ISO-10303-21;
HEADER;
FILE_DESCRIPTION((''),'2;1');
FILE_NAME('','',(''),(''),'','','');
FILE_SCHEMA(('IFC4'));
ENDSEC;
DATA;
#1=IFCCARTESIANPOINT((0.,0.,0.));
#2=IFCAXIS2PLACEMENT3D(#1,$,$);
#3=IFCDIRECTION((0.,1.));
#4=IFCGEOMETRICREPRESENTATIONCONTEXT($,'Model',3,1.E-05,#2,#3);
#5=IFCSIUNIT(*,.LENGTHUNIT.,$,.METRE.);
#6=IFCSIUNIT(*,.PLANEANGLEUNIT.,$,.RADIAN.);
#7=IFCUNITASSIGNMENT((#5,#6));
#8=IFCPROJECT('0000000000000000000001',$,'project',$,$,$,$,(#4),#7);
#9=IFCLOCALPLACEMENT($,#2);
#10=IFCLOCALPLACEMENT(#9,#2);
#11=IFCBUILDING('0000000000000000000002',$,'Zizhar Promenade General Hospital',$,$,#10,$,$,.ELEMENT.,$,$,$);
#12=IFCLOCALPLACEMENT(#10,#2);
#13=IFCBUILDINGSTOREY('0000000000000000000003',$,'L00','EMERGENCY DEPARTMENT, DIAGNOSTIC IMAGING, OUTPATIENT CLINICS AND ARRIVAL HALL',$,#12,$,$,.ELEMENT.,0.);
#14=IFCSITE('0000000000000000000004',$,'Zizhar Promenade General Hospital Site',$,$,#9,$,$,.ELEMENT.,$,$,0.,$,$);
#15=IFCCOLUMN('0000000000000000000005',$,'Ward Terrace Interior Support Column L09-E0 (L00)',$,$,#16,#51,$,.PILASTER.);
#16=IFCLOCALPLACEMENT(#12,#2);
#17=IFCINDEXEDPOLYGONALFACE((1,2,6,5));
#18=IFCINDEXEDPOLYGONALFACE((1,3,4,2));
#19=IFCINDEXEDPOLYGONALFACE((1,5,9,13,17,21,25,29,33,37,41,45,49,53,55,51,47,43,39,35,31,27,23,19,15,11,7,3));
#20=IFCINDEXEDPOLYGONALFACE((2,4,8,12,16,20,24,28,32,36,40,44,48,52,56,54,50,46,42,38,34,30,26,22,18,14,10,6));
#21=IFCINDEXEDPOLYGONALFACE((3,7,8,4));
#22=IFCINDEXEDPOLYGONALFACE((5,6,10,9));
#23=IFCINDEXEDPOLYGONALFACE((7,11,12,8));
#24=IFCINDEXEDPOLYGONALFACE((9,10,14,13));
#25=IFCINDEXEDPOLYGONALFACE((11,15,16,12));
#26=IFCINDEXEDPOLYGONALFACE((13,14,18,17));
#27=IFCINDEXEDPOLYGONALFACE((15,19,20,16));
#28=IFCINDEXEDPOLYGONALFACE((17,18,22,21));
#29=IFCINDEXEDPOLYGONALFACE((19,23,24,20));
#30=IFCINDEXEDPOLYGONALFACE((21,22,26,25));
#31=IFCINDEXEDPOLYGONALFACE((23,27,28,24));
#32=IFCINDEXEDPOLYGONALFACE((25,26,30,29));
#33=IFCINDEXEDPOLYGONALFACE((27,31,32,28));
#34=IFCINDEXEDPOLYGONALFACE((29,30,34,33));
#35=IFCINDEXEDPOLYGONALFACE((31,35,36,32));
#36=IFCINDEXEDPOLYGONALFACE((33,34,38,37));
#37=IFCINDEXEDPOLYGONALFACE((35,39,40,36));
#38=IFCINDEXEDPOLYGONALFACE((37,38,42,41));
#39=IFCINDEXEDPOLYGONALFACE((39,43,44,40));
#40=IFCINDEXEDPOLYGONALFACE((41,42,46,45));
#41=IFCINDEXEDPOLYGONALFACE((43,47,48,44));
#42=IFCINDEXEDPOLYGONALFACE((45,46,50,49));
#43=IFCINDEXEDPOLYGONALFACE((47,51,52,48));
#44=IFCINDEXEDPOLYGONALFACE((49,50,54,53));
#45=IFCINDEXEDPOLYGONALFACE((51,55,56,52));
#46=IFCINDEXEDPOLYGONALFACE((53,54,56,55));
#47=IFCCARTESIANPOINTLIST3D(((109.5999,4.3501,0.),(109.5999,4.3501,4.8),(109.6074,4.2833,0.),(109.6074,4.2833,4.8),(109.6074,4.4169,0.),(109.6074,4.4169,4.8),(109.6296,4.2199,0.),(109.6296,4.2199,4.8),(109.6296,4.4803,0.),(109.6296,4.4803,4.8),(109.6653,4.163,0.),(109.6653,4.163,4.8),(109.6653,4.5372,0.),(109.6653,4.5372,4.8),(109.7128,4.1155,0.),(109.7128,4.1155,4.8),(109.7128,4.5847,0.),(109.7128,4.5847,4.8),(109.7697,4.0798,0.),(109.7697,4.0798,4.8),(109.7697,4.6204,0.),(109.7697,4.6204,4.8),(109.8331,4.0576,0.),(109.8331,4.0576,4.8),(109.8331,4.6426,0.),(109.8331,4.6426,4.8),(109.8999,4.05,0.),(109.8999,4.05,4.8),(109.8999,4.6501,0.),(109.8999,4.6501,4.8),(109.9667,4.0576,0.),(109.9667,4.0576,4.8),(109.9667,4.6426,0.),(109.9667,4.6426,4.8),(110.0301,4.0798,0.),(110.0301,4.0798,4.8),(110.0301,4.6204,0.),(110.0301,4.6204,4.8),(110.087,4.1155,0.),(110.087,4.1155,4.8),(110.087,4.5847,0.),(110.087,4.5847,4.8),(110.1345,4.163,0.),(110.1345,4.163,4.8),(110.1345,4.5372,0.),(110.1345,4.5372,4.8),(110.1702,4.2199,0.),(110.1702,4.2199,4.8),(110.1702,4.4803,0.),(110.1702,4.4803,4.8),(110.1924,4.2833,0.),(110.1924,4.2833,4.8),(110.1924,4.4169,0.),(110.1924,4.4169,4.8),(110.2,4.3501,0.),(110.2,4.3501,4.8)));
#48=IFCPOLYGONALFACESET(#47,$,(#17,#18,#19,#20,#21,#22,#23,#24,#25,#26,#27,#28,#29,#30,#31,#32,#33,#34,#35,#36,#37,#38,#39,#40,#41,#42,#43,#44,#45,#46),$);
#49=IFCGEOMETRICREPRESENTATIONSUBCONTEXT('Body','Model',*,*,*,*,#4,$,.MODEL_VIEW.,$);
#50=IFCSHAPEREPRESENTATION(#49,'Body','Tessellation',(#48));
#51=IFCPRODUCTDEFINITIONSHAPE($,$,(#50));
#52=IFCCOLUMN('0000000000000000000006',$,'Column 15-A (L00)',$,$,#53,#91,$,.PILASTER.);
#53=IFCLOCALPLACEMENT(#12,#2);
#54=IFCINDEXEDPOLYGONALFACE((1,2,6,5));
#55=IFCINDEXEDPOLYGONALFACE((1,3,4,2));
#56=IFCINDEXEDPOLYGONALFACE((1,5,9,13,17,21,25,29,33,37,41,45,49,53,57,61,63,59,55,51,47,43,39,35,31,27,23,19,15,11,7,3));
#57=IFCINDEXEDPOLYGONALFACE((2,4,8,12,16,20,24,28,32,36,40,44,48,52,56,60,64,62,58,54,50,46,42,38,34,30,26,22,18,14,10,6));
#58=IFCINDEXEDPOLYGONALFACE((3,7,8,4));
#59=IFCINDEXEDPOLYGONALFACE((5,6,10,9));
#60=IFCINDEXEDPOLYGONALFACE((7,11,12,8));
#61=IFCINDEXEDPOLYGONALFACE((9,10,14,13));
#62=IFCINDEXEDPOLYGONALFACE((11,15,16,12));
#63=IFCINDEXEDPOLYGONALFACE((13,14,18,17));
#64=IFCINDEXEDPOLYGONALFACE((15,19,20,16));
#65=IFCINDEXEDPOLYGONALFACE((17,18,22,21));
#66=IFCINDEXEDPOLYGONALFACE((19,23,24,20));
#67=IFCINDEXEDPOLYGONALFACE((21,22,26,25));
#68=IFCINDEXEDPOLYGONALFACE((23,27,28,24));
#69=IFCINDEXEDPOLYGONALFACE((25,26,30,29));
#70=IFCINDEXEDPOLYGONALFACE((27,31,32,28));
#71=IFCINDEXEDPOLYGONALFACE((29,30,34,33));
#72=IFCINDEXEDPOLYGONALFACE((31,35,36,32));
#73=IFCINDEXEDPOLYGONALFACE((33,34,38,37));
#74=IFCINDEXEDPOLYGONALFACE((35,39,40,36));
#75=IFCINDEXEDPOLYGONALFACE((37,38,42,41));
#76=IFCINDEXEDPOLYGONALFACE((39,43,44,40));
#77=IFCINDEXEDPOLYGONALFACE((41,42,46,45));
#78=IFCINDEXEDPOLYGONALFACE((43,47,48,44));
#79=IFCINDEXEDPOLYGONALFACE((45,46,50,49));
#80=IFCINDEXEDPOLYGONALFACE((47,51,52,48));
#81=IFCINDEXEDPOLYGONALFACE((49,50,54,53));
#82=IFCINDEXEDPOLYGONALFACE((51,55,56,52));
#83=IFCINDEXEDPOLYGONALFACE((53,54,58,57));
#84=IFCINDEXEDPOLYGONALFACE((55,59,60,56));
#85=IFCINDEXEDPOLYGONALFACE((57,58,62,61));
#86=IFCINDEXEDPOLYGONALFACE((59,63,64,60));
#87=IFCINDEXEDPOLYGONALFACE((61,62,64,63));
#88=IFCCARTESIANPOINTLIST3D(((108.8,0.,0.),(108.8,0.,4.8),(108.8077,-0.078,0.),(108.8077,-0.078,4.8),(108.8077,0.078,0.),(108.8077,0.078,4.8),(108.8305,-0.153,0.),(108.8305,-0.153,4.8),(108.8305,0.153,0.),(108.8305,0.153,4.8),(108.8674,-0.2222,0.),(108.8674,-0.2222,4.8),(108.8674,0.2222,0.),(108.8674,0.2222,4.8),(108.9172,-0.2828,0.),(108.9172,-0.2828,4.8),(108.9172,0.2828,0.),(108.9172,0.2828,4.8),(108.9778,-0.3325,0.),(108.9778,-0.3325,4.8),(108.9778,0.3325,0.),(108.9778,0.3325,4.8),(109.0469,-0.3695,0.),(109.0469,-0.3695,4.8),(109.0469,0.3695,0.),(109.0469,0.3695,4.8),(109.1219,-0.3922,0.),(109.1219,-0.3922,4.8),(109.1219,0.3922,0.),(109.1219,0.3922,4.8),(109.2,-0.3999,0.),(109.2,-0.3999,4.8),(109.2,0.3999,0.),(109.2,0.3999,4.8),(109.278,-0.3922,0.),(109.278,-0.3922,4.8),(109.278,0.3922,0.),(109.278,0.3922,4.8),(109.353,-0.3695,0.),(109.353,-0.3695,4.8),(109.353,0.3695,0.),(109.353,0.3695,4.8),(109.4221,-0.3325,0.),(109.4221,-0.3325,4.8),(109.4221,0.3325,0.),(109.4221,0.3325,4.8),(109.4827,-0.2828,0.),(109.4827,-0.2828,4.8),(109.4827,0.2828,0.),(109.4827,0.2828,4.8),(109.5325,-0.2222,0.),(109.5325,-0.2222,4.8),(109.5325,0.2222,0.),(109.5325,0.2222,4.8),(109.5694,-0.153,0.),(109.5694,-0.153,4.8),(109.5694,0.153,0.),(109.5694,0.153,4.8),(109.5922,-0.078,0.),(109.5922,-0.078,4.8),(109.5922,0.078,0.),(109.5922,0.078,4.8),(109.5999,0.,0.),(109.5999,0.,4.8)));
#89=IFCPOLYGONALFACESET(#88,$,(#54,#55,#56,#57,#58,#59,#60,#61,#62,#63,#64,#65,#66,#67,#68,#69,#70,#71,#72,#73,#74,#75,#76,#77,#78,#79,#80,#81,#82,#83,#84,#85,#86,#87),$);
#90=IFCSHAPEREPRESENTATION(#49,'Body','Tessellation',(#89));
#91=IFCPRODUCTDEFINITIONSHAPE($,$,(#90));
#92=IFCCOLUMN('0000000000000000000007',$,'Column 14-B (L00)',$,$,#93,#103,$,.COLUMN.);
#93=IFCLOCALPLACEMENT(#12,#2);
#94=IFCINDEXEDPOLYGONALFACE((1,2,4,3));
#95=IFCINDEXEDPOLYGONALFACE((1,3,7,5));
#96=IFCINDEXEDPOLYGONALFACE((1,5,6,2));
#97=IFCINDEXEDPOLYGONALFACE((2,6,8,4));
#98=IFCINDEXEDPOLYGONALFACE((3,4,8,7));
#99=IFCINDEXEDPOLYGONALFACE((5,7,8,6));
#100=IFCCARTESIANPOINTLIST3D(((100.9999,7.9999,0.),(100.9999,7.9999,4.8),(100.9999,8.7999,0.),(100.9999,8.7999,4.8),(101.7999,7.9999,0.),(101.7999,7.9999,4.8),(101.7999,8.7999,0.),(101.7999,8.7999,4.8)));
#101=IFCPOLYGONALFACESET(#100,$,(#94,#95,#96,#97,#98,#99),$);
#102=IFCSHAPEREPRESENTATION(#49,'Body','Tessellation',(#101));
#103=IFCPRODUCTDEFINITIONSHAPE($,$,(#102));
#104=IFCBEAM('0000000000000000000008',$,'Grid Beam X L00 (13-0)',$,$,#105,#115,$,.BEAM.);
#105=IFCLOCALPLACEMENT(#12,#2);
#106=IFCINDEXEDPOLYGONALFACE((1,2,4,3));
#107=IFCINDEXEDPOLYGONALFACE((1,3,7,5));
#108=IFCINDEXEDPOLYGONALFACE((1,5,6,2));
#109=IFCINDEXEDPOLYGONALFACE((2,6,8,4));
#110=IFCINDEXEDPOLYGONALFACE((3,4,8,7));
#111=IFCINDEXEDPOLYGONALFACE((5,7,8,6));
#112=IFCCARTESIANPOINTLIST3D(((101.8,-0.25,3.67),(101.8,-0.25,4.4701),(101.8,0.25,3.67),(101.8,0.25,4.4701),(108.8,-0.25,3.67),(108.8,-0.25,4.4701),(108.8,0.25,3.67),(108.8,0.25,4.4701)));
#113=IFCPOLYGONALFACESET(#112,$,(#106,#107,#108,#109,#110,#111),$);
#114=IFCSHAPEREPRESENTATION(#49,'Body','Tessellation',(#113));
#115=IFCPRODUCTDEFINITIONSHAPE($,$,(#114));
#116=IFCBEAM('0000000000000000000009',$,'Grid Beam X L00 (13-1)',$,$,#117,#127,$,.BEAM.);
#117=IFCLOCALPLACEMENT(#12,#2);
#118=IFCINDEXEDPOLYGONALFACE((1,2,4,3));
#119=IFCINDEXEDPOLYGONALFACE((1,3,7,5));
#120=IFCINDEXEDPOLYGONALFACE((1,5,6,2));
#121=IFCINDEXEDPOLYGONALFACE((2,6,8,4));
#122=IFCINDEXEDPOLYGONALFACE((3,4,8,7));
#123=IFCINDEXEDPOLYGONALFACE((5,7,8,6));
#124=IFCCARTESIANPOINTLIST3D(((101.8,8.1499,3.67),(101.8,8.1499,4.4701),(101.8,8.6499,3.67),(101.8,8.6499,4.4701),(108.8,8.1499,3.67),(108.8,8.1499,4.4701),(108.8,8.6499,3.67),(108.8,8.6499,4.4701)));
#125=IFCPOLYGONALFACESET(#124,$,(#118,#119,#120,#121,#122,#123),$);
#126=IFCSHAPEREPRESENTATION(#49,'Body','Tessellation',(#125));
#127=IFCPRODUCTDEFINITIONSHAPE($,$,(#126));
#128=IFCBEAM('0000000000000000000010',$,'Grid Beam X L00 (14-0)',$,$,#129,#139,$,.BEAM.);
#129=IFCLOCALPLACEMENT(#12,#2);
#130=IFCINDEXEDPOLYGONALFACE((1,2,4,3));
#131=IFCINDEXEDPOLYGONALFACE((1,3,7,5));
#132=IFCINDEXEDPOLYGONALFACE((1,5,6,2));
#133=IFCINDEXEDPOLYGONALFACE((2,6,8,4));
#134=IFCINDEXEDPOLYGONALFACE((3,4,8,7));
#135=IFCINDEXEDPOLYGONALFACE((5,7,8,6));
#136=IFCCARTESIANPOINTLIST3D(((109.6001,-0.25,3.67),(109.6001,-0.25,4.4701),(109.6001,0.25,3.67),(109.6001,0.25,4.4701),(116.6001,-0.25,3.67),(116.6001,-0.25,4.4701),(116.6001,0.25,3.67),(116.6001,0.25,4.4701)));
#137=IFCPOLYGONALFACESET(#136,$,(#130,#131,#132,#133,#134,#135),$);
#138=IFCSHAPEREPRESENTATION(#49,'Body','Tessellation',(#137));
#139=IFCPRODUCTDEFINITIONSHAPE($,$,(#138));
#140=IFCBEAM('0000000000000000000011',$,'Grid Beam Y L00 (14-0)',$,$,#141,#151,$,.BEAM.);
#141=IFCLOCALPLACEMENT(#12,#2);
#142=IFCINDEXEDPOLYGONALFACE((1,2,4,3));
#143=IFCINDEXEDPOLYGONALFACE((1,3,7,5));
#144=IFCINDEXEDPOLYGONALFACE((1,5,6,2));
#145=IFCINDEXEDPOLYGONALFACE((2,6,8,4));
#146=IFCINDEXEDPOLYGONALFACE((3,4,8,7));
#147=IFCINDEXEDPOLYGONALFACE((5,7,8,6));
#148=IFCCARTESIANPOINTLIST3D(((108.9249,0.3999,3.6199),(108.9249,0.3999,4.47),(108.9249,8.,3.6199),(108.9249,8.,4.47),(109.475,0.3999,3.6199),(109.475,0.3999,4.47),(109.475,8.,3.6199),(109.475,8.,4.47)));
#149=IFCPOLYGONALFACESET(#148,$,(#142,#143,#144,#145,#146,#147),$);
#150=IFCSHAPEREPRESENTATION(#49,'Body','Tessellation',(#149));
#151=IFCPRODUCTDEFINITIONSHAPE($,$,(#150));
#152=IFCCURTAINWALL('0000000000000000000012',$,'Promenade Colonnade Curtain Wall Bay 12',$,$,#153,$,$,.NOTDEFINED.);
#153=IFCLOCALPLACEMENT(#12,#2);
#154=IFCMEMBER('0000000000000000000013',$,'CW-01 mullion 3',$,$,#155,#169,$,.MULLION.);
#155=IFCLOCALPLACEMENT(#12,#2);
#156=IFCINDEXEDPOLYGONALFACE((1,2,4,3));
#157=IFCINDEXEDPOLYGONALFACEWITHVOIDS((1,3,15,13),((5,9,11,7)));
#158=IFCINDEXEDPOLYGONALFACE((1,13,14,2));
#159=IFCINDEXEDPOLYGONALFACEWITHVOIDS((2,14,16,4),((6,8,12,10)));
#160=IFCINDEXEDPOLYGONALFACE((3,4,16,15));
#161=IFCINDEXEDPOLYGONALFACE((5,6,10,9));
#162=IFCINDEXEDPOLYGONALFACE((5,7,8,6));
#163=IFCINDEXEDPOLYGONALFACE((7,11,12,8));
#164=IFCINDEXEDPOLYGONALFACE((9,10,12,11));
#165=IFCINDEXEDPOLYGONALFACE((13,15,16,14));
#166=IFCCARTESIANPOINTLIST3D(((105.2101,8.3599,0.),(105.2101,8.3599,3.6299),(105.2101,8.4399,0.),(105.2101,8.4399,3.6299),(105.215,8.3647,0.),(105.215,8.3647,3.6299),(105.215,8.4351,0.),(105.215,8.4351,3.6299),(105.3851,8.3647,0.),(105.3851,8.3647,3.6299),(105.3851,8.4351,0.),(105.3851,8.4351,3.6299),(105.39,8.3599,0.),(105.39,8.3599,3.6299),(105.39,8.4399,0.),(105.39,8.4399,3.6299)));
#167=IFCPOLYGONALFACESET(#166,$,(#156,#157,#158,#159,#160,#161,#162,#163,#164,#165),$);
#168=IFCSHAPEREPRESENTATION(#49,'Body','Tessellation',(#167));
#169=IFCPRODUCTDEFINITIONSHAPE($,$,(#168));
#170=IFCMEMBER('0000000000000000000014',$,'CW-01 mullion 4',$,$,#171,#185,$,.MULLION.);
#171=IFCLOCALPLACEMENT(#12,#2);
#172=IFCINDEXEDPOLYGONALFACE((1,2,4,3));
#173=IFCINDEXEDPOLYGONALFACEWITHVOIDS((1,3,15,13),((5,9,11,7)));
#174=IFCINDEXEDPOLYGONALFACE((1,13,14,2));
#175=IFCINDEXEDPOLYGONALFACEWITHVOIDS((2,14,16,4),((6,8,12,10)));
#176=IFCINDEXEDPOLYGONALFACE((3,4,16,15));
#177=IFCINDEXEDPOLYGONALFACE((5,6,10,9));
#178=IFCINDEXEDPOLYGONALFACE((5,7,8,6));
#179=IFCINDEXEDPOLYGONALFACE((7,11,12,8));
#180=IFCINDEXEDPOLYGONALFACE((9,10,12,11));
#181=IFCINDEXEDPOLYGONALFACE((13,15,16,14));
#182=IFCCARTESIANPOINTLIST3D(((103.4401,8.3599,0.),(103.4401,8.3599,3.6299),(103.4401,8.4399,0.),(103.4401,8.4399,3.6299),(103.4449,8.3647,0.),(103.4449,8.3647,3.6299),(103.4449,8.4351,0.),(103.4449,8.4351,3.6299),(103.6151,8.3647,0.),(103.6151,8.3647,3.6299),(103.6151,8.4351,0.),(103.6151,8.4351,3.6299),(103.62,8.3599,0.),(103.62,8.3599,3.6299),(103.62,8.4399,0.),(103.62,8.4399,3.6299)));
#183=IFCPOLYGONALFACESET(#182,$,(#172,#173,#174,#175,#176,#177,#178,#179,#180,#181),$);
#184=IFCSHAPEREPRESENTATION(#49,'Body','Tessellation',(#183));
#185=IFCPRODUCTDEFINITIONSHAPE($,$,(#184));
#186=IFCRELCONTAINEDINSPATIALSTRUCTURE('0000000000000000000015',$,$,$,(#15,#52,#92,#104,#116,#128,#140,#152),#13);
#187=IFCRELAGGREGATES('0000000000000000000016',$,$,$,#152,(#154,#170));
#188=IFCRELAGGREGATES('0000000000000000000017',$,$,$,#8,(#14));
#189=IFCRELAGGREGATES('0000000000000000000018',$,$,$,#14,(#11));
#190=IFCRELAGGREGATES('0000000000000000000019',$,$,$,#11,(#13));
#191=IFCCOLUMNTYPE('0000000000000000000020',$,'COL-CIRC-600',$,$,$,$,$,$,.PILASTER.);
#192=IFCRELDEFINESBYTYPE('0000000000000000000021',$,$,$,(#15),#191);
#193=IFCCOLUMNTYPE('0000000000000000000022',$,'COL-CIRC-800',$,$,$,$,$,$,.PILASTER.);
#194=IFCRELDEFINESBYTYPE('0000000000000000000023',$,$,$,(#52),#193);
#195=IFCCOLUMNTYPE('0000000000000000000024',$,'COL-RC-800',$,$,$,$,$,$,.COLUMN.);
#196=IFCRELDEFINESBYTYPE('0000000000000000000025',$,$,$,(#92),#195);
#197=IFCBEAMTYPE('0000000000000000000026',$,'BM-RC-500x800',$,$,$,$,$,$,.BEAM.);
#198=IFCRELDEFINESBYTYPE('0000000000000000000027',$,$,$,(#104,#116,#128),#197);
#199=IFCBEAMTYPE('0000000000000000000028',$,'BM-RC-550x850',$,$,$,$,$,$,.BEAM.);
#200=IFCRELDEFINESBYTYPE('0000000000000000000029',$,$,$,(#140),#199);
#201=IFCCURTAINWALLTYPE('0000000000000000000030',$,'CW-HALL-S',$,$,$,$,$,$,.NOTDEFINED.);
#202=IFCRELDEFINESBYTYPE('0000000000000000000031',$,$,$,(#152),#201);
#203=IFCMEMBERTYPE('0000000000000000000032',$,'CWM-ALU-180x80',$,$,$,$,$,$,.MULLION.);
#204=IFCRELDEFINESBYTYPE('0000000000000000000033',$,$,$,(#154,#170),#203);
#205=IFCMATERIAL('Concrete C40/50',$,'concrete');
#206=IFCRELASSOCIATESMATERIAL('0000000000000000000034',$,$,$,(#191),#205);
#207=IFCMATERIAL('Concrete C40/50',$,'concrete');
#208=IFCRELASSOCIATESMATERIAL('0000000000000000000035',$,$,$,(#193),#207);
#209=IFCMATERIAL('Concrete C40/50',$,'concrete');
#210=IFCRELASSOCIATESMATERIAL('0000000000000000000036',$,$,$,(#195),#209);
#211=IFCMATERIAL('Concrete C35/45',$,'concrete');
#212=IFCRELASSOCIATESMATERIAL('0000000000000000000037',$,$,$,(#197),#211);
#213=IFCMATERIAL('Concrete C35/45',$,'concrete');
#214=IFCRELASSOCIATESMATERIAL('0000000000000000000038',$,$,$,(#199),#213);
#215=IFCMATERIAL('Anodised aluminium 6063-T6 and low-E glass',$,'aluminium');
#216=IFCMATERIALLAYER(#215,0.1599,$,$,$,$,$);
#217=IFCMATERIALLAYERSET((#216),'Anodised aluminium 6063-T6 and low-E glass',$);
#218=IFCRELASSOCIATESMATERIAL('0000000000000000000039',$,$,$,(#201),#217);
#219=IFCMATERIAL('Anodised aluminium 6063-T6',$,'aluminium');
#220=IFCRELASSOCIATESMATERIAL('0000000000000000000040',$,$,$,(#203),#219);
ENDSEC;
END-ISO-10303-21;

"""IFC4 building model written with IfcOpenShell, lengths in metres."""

from ifc_helpers import new_model, si_unit, direction, frame, origin, origin_2d, place, context, subcontext, project, spatial, rectangle, hollow_rectangle, circle, extrude, material, layer, layer_set, material_profile, profile_set, type_object, element, aggregate, save


model = new_model("IFC4")

# Units and contexts
model_context = context("Model", 3, precision=1e-05, world=origin(), true_north=direction((0.0, 1.0)))
body_context = subcontext(model_context, "Body", "Model", "MODEL_VIEW")
ifc_project = project(units=[si_unit("LENGTHUNIT", "METRE"), si_unit("PLANEANGLEUNIT", "RADIAN")], contexts=[model_context])

# Site, building, storey
site_placement = place(None, origin())
site = spatial("IfcSite", under=ifc_project, at=site_placement, Name="Zizhar Promenade General Hospital Site", CompositionType="ELEMENT", RefElevation=0.0)
building_placement = place(site_placement, origin())
building = spatial("IfcBuilding", under=site, at=building_placement, Name="Zizhar Promenade General Hospital", CompositionType="ELEMENT")
storey_placement = place(building_placement, origin())
storey = spatial("IfcBuildingStorey", under=building, at=storey_placement, Name="L00", Description="EMERGENCY DEPARTMENT, DIAGNOSTIC IMAGING, OUTPATIENT CLINICS AND ARRIVAL HALL", CompositionType="ELEMENT", Elevation=0.0)

# Columns
ifc_material_1 = material(Name="Concrete C40/50", Category="concrete")
ifc_material_profile_1 = material_profile(ifc_material_1, circle(Radius=0.3, at=origin_2d()))
ifc_profile_set_1 = profile_set([ifc_material_profile_1], Name="Concrete C40/50")
column_type_1 = type_object("IfcColumnType", Name="COL-CIRC-600", PredefinedType="PILASTER", material=ifc_profile_set_1)
column_1_placement = place(storey_placement, frame((109.8999, 4.3501, 0.0), z_axis=(0.0, 0.0, 1.0), x_axis=(1.0, 0.0, 0.0)))
element("IfcColumn", 1, at=column_1_placement, inside=storey, type_object=column_type_1, Name="Ward Terrace Interior Support Column L09-E0 (L00)", PredefinedType="PILASTER", context=body_context, shape_type="SweptSolid", body=[
    extrude(circle(Radius=0.3, at=origin_2d()), origin(), (0.0, 0.0, 1.0), 4.8),
])
ifc_material_2 = material(Name="Concrete C40/50", Category="concrete")
ifc_material_profile_2 = material_profile(ifc_material_2, circle(Radius=0.3999, at=origin_2d()))
ifc_profile_set_2 = profile_set([ifc_material_profile_2], Name="Concrete C40/50")
column_type_2 = type_object("IfcColumnType", Name="COL-CIRC-800", PredefinedType="PILASTER", material=ifc_profile_set_2)
column_2_placement = place(storey_placement, frame((109.2, 0.0, 0.0), z_axis=(0.0, 0.0, 1.0), x_axis=(1.0, 0.0, 0.0)))
element("IfcColumn", 2, at=column_2_placement, inside=storey, type_object=column_type_2, Name="Column 15-A (L00)", PredefinedType="PILASTER", context=body_context, shape_type="SweptSolid", body=[
    extrude(circle(Radius=0.3999, at=origin_2d()), origin(), (0.0, 0.0, 1.0), 4.8),
])
ifc_material_3 = material(Name="Concrete C40/50", Category="concrete")
ifc_material_profile_3 = material_profile(ifc_material_3, rectangle(XDim=0.8, YDim=0.8, at=origin_2d()))
ifc_profile_set_3 = profile_set([ifc_material_profile_3], Name="Concrete C40/50")
column_type_3 = type_object("IfcColumnType", Name="COL-RC-800", PredefinedType="COLUMN", material=ifc_profile_set_3)
column_3_placement = place(storey_placement, frame((101.3999, 8.3999, 0.0), z_axis=(0.0, 0.0, 1.0), x_axis=(1.0, 0.0, 0.0)))
element("IfcColumn", 3, at=column_3_placement, inside=storey, type_object=column_type_3, Name="Column 14-B (L00)", PredefinedType="COLUMN", context=body_context, shape_type="SweptSolid", body=[
    extrude(rectangle(XDim=0.8, YDim=0.8, at=origin_2d()), origin(), (0.0, 0.0, 1.0), 4.8),
])

# Beams
ifc_material_4 = material(Name="Concrete C35/45", Category="concrete")
ifc_material_profile_4 = material_profile(ifc_material_4, rectangle(XDim=0.5, YDim=0.8, at=origin_2d()))
ifc_profile_set_4 = profile_set([ifc_material_profile_4], Name="Concrete C35/45")
beam_type_1 = type_object("IfcBeamType", Name="BM-RC-500x800", PredefinedType="BEAM", material=ifc_profile_set_4)
for number, where, z_axis, x_axis, name in (
    (4, (101.8, 0.0, 4.0701), (1.0, 0.0, 0.0), (0.0, 1.0, 0.0), "Grid Beam X L00 (13-0)"),
    (5, (101.8, 8.3999, 4.0701), (1.0, 0.0, 0.0), (0.0, 1.0, 0.0), "Grid Beam X L00 (13-1)"),
    (6, (109.6001, 0.0, 4.0701), (1.0, 0.0, 0.0), (0.0, 1.0, 0.0), "Grid Beam X L00 (14-0)"),
):
    element("IfcBeam", number, at=place(storey_placement, frame(where, z_axis=z_axis, x_axis=x_axis)), inside=storey, type_object=beam_type_1, Name=name, PredefinedType="BEAM", context=body_context, shape_type="SweptSolid", body=[
        extrude(rectangle(XDim=0.5, YDim=0.8, at=origin_2d()), origin(), (0.0, 0.0, 1.0), 7.0),
    ])
ifc_material_5 = material(Name="Concrete C35/45", Category="concrete")
ifc_material_profile_5 = material_profile(ifc_material_5, rectangle(XDim=0.55, YDim=0.8501, at=origin_2d()))
ifc_profile_set_5 = profile_set([ifc_material_profile_5], Name="Concrete C35/45")
beam_type_2 = type_object("IfcBeamType", Name="BM-RC-550x850", PredefinedType="BEAM", material=ifc_profile_set_5)
beam_placement = place(storey_placement, frame((109.2, 0.3999, 4.0449), z_axis=(0.0, 1.0, 0.0), x_axis=(-1.0, 0.0, 0.0)))
element("IfcBeam", 7, at=beam_placement, inside=storey, type_object=beam_type_2, Name="Grid Beam Y L00 (14-0)", PredefinedType="BEAM", context=body_context, shape_type="SweptSolid", body=[
    extrude(rectangle(XDim=0.55, YDim=0.8501, at=origin_2d()), origin(), (0.0, 0.0, 1.0), 7.6001),
])

# Curtain wall, members
ifc_material_6 = material(Name="Anodised aluminium 6063-T6 and low-E glass", Category="aluminium")
ifc_layer_1 = layer(ifc_material_6, 0.1599)
ifc_layer_set_1 = layer_set([ifc_layer_1], Name="Anodised aluminium 6063-T6 and low-E glass")
curtain_wall_type = type_object("IfcCurtainWallType", Name="CW-HALL-S", PredefinedType="NOTDEFINED", material=ifc_layer_set_1)
curtain_wall_placement = place(storey_placement, origin())
curtain_wall = element("IfcCurtainWall", 8, at=curtain_wall_placement, inside=storey, type_object=curtain_wall_type, Name="Promenade Colonnade Curtain Wall Bay 12", PredefinedType="NOTDEFINED")
ifc_material_7 = material(Name="Anodised aluminium 6063-T6", Category="aluminium")
ifc_material_profile_6 = material_profile(ifc_material_7, hollow_rectangle(XDim=0.0801, YDim=0.1799, WallThickness=0.0049, at=origin_2d()))
ifc_profile_set_6 = profile_set([ifc_material_profile_6], Name="Anodised aluminium 6063-T6")
member_type_1 = type_object("IfcMemberType", Name="CWM-ALU-180x80", PredefinedType="MULLION", material=ifc_profile_set_6)
member_1_placement = place(storey_placement, frame((105.3, 8.3999, 0.0), z_axis=(0.0, 0.0, 1.0), x_axis=(0.0, -1.0, 0.0)))
member_1 = element("IfcMember", 9, at=member_1_placement, type_object=member_type_1, Name="CW-01 mullion 3", PredefinedType="MULLION", context=body_context, shape_type="SweptSolid", body=[
    extrude(hollow_rectangle(XDim=0.0801, YDim=0.1799, WallThickness=0.0049, at=origin_2d()), origin(), (0.0, 0.0, 1.0), 3.6299),
])
member_2_placement = place(storey_placement, frame((103.53, 8.3999, 0.0), z_axis=(0.0, 0.0, 1.0), x_axis=(0.0, -1.0, 0.0)))
member_2 = element("IfcMember", 10, at=member_2_placement, type_object=member_type_1, Name="CW-01 mullion 4", PredefinedType="MULLION", context=body_context, shape_type="SweptSolid", body=[
    extrude(hollow_rectangle(XDim=0.0801, YDim=0.1799, WallThickness=0.0049, at=origin_2d()), origin(), (0.0, 0.0, 1.0), 3.6299),
])
aggregate(curtain_wall, [member_1, member_2])

save(model, "model.ifc")
